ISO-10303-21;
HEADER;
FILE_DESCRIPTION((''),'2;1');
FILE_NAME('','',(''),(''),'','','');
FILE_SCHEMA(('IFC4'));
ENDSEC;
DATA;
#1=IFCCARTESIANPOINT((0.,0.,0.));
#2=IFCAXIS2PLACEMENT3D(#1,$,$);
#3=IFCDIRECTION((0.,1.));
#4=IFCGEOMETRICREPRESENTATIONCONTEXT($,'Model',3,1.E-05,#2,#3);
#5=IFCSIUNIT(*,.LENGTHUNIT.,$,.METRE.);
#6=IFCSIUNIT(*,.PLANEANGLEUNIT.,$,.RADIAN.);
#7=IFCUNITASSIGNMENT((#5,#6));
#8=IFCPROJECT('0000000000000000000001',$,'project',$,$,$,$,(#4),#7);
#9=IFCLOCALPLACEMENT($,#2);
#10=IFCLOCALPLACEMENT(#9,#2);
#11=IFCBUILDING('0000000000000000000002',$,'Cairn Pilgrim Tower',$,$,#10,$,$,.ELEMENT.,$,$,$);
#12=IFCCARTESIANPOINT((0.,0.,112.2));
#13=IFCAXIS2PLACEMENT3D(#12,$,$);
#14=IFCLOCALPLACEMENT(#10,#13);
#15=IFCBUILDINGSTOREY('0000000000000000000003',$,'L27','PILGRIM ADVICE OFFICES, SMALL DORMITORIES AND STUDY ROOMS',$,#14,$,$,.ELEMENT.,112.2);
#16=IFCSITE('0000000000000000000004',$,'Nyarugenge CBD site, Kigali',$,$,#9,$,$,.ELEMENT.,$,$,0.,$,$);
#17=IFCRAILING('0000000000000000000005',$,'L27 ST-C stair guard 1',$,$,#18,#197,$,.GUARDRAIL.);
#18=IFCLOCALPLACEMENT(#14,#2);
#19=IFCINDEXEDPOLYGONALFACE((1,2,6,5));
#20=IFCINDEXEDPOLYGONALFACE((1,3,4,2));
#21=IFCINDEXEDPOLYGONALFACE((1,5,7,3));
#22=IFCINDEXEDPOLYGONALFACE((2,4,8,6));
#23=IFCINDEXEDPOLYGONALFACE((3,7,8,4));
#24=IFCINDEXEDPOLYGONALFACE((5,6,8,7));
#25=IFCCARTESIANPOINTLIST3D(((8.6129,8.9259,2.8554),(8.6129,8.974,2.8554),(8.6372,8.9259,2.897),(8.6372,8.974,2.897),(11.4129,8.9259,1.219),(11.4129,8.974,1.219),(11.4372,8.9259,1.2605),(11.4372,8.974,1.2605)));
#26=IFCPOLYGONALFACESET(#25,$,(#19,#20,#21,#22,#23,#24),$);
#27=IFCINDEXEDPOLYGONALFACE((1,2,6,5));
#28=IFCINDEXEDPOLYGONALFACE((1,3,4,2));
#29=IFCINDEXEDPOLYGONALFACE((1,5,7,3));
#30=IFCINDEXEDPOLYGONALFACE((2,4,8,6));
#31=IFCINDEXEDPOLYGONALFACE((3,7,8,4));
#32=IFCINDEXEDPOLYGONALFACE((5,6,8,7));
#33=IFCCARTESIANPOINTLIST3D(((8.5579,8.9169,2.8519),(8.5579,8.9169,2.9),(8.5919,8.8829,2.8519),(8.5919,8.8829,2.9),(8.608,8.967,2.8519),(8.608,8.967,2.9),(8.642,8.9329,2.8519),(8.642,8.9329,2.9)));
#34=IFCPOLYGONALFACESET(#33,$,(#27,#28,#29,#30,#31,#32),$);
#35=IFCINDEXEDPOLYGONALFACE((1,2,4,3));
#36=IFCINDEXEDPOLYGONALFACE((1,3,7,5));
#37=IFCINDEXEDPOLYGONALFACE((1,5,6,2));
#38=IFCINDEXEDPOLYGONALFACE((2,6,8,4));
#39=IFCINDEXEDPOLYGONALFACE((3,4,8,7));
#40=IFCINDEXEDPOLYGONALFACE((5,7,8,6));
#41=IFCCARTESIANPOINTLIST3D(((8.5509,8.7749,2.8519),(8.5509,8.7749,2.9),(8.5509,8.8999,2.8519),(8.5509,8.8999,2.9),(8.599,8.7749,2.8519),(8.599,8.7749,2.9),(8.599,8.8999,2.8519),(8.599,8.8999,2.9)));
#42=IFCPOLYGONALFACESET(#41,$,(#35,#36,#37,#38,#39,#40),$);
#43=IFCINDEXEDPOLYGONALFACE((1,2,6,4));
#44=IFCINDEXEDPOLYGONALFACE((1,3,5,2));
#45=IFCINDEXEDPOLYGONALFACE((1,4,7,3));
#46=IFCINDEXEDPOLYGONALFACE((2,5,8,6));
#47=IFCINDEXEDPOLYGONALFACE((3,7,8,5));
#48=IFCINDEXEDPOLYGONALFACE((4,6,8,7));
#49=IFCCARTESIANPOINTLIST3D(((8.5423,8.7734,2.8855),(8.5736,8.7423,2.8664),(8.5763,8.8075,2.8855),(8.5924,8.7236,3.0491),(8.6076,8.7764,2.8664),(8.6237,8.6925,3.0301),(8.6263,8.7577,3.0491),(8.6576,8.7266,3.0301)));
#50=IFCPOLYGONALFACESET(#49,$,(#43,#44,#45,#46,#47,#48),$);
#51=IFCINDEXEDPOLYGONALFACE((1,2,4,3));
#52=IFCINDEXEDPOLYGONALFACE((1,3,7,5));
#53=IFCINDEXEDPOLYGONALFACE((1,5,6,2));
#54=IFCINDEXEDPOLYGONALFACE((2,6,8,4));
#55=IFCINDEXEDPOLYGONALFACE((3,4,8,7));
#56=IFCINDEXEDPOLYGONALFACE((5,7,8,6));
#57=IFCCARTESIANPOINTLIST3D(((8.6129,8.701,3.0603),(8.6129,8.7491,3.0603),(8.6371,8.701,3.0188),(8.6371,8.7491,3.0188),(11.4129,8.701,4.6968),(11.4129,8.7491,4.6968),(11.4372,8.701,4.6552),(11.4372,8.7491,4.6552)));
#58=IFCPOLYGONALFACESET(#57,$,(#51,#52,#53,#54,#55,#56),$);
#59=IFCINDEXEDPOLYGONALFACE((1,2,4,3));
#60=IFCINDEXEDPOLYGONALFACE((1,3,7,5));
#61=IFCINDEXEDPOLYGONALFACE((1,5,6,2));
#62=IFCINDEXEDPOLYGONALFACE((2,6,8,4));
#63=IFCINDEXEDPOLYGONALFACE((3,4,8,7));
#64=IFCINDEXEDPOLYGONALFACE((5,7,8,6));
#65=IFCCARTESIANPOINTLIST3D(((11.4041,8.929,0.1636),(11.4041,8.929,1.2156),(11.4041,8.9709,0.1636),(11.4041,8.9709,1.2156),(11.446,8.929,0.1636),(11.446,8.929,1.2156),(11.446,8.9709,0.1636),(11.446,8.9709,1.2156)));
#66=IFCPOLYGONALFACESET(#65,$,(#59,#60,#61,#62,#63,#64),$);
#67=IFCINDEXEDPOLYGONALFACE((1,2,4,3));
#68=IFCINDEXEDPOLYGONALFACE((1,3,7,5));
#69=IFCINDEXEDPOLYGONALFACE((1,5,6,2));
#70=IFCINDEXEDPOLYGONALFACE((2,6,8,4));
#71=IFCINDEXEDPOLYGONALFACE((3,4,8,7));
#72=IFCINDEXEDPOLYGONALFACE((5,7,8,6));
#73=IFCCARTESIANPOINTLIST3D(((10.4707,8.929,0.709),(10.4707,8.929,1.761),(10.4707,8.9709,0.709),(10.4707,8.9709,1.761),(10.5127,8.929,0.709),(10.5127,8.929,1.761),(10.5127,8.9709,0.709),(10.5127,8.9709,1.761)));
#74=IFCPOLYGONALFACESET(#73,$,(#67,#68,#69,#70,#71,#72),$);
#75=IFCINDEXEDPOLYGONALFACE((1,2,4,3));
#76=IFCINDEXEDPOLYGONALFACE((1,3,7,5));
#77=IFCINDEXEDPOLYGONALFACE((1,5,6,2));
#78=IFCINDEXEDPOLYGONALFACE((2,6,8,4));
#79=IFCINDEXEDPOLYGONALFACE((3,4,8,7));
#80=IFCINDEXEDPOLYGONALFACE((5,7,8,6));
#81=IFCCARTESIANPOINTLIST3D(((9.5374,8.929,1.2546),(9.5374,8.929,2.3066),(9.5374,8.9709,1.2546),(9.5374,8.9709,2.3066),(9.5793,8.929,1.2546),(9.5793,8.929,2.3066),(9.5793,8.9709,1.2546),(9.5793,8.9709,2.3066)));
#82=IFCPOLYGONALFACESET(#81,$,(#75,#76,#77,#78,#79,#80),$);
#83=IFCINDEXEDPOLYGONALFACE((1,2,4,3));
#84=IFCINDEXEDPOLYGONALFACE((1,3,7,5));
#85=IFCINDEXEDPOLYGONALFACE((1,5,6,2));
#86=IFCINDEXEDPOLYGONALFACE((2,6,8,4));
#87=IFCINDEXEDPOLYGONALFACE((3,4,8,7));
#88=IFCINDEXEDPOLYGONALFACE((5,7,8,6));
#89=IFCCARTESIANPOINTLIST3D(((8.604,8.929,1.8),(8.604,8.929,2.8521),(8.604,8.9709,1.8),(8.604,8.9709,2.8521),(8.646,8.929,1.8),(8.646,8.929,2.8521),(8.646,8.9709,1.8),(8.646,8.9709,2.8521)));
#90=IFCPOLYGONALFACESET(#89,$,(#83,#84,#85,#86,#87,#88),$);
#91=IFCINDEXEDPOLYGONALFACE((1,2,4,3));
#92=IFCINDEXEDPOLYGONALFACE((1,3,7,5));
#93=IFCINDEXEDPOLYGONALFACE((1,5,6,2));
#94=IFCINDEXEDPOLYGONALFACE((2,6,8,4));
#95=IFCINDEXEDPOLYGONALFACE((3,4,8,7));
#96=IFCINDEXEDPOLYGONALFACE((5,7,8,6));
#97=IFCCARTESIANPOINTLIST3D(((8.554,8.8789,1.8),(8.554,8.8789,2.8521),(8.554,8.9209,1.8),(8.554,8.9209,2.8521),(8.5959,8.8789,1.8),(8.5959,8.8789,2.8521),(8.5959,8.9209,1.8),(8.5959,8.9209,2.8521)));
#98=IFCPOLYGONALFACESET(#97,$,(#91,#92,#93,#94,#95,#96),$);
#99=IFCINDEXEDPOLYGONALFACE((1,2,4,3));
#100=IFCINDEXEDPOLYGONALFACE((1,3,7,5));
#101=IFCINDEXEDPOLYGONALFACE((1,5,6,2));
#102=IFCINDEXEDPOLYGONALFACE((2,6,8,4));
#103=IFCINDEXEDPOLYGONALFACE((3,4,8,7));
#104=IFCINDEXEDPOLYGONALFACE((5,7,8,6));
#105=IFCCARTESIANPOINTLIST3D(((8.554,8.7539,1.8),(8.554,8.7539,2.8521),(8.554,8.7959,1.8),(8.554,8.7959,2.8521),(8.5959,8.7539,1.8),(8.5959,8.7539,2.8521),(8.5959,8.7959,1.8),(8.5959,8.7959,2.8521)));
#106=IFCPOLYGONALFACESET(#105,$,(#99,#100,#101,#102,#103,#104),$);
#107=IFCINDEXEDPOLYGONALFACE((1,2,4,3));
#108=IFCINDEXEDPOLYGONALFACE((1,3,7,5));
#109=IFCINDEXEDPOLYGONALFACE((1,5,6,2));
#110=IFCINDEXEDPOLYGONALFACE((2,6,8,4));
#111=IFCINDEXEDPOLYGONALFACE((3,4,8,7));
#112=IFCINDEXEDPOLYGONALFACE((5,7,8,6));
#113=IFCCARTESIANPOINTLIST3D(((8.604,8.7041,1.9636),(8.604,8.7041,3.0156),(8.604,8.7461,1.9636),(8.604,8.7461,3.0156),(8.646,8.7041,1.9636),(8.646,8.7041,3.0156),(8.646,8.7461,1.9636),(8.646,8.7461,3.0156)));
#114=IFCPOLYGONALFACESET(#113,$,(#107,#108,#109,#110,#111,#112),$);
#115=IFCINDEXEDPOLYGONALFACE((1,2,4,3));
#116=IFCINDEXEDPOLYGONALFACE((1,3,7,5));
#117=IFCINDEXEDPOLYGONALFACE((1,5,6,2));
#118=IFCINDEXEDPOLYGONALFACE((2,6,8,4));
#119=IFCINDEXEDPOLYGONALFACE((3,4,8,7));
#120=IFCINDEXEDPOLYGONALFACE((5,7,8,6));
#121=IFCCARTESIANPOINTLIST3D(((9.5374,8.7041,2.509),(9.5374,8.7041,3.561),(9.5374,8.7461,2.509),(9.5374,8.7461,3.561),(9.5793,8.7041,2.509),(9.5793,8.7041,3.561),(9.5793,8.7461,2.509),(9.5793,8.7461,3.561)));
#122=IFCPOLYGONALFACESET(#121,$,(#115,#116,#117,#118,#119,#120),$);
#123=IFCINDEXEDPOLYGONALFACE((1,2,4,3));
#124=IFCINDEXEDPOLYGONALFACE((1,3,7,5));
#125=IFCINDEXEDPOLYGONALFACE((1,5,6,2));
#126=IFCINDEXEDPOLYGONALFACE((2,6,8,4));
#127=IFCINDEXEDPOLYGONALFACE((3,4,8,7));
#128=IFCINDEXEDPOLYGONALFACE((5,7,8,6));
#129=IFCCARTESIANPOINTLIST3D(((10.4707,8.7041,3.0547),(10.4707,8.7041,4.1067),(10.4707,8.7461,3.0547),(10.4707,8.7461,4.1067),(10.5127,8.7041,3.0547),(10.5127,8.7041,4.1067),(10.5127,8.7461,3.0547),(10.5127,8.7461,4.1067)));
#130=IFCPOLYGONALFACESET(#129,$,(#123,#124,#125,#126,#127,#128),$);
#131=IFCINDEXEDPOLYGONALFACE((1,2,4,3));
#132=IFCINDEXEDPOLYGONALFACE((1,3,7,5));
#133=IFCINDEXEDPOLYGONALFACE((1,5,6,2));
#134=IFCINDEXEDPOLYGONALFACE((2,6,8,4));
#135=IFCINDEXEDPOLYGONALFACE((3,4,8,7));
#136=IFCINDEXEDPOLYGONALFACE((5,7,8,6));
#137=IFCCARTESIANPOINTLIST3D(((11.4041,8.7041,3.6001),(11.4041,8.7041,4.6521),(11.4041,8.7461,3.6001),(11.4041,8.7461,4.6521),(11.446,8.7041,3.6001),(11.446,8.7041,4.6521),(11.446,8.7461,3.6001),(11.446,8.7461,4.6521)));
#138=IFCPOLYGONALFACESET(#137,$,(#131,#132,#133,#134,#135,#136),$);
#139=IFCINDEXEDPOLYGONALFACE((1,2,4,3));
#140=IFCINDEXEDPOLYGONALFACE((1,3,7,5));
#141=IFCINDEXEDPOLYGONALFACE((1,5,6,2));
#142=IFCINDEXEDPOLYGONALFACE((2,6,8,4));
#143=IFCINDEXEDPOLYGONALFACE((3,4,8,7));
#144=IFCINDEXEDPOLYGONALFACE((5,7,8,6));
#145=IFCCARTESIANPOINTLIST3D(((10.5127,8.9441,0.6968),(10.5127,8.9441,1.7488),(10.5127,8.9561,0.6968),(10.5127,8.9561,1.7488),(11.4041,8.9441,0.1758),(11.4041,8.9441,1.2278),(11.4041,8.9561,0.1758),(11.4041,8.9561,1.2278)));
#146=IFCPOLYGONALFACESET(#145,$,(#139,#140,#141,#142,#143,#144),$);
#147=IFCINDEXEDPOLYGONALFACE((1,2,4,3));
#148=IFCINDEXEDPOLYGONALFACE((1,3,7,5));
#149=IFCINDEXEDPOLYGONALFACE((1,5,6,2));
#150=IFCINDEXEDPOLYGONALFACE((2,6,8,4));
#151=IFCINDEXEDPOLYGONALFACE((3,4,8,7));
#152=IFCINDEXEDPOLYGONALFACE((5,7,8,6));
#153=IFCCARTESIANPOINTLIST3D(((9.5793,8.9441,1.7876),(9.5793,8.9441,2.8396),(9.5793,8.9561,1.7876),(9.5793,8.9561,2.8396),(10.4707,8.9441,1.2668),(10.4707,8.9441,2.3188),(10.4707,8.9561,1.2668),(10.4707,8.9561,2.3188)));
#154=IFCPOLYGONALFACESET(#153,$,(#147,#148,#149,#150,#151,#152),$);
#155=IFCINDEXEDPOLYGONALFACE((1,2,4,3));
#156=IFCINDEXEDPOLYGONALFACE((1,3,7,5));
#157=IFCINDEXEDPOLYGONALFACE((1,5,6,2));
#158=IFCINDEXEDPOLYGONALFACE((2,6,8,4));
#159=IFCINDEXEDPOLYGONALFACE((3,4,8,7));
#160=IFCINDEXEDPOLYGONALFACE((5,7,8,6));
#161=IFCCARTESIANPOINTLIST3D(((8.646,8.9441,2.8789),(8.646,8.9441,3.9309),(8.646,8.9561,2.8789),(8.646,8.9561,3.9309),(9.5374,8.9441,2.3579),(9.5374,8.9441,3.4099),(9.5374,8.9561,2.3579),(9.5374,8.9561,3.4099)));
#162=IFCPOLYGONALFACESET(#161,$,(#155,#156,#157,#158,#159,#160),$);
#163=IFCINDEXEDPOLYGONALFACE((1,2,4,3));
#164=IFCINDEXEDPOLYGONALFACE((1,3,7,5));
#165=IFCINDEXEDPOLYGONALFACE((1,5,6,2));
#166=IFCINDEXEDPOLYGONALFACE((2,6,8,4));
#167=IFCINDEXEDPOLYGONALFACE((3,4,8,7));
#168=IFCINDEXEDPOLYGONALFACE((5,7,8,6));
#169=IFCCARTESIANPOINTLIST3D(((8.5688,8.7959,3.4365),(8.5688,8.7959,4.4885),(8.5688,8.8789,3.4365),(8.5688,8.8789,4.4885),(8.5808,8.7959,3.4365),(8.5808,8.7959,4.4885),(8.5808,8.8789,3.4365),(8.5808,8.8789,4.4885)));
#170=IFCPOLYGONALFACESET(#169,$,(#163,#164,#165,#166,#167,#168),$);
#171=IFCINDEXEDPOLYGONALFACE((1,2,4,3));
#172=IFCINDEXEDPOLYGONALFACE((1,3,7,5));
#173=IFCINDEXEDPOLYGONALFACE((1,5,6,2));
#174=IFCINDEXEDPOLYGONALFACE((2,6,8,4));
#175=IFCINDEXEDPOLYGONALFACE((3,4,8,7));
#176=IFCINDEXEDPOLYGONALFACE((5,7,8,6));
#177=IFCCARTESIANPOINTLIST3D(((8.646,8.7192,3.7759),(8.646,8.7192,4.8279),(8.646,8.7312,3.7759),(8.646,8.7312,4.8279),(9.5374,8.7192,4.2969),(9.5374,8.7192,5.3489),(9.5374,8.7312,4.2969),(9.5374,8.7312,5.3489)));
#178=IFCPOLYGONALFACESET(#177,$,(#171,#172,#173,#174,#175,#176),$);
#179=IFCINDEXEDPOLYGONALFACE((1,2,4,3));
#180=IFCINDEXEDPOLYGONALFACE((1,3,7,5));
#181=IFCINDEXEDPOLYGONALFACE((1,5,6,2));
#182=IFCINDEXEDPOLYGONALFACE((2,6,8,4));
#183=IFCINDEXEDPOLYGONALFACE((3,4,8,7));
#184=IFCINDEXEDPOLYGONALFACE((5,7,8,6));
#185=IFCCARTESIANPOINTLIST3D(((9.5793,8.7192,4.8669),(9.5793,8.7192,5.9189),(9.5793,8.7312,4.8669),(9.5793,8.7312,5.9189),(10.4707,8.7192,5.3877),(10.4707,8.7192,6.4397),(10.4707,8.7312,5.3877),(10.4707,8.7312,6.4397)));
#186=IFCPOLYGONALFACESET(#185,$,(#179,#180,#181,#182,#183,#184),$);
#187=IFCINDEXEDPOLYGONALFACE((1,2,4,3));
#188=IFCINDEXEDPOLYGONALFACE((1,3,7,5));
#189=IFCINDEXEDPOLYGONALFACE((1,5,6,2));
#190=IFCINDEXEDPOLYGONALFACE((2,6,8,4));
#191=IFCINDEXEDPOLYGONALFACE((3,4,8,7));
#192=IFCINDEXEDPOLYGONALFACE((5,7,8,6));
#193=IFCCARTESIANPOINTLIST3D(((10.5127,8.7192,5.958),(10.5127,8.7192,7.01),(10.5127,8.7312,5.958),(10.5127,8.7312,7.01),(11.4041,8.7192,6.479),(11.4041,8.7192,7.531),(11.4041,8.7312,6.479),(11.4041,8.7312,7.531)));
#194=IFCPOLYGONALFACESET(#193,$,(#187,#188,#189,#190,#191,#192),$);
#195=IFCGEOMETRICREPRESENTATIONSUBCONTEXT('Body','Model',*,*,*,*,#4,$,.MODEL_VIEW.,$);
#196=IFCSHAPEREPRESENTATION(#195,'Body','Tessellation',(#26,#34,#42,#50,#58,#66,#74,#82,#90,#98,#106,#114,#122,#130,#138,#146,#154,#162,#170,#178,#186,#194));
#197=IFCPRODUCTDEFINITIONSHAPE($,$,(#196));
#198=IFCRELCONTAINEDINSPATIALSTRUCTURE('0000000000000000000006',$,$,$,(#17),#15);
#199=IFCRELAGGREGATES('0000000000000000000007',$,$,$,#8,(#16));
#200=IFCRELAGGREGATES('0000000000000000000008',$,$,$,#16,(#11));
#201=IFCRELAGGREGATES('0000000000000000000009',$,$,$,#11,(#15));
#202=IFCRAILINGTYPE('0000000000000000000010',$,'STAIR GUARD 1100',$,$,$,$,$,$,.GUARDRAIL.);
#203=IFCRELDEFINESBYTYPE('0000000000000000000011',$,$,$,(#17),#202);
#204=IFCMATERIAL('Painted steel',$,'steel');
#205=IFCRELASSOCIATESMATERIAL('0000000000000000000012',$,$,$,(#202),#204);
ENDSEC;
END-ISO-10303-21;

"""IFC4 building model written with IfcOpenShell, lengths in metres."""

from ifc_helpers import new_model, si_unit, direction, frame, origin, origin_2d, place, context, subcontext, project, spatial, polyline, rectangle, outline, extrude, material, type_object, element, save


model = new_model("IFC4")

# Units and contexts
model_context = context("Model", 3, precision=1e-05, world=origin(), true_north=direction((0.0, 1.0)))
body_context = subcontext(model_context, "Body", "Model", "MODEL_VIEW")
ifc_project = project(units=[si_unit("LENGTHUNIT", "METRE"), si_unit("PLANEANGLEUNIT", "RADIAN")], contexts=[model_context])

# Site, building, storey
site_placement = place(None, origin())
site = spatial("IfcSite", under=ifc_project, at=site_placement, Name="Nyarugenge CBD site, Kigali", CompositionType="ELEMENT", RefElevation=0.0)
building_placement = place(site_placement, origin())
building = spatial("IfcBuilding", under=site, at=building_placement, Name="Cairn Pilgrim Tower", CompositionType="ELEMENT")
storey_placement = place(building_placement, frame((0.0, 0.0, 112.2)))
storey = spatial("IfcBuildingStorey", under=building, at=storey_placement, Name="L27", Description="PILGRIM ADVICE OFFICES, SMALL DORMITORIES AND STUDY ROOMS", CompositionType="ELEMENT", Elevation=112.2)

# Shared definitions
ifc_material_1 = material(Name="Painted steel", Category="steel")

# Railing
railing_type_1 = type_object("IfcRailingType", Name="STAIR GUARD 1100", PredefinedType="GUARDRAIL", material=ifc_material_1)
railing_1_placement = place(storey_placement, frame((11.425, 8.95, 0.1636)))
element("IfcRailing", 1, at=railing_1_placement, inside=storey, type_object=railing_type_1, Name="L27 ST-C stair guard 1", PredefinedType="GUARDRAIL", context=body_context, shape_type="SweptSolid", body=[
    extrude(rectangle(XDim=0.0481, YDim=0.0481, at=origin_2d()), frame((0.0, 0.0, 1.0762), z_axis=(-0.863361, 0.0, 0.504587), x_axis=(0.0, -1.0, 0.0)), (0.0, 0.0, 1.0), 3.2432),
    extrude(rectangle(XDim=0.0481, YDim=0.0481, at=origin_2d()), frame((-2.8, 0.0, 2.7124), z_axis=(-0.707107, -0.707107, 0.0), x_axis=(0.707107, -0.707107, 0.0)), (0.0, 0.0, 1.0), 0.0708),
    extrude(rectangle(XDim=0.0481, YDim=0.0481, at=origin_2d()), frame((-2.8501, -0.05, 2.7124), z_axis=(0.0, -1.0, 0.0), x_axis=(1.0, 0.0, 0.0)), (0.0, 0.0, 1.0), 0.125),
    extrude(rectangle(XDim=0.0481, YDim=0.0481, at=origin_2d()), frame((-2.8501, -0.175, 2.7124), z_axis=(0.280917, -0.279546, 0.918118), x_axis=(0.705376, 0.708834, 0.0)), (0.0, 0.0, 1.0), 0.1782),
    extrude(rectangle(XDim=0.0481, YDim=0.0481, at=origin_2d()), frame((-2.8, -0.2249, 2.876), z_axis=(0.863361, 0.0, 0.504587), x_axis=(0.0, 1.0, 0.0)), (0.0, 0.0, 1.0), 3.2432),
    extrude(rectangle(XDim=0.042, YDim=0.042, at=origin_2d()), origin(), (0.0, 0.0, 1.0), 1.052),
    extrude(rectangle(XDim=0.042, YDim=0.042, at=origin_2d()), frame((-0.9333, 0.0, 0.5454)), (0.0, 0.0, 1.0), 1.052),
    extrude(rectangle(XDim=0.042, YDim=0.042, at=origin_2d()), frame((-1.8667, 0.0, 1.0911)), (0.0, 0.0, 1.0), 1.052),
    extrude(rectangle(XDim=0.042, YDim=0.042, at=origin_2d()), frame((-2.8, 0.0, 1.6365)), (0.0, 0.0, 1.0), 1.052),
    extrude(rectangle(XDim=0.042, YDim=0.042, at=origin_2d()), frame((-2.8501, -0.05, 1.6365)), (0.0, 0.0, 1.0), 1.052),
    extrude(rectangle(XDim=0.042, YDim=0.042, at=origin_2d()), frame((-2.8501, -0.175, 1.6365)), (0.0, 0.0, 1.0), 1.052),
    extrude(rectangle(XDim=0.042, YDim=0.042, at=origin_2d()), frame((-2.8, -0.2249, 1.8)), (0.0, 0.0, 1.0), 1.052),
    extrude(rectangle(XDim=0.042, YDim=0.042, at=origin_2d()), frame((-1.8667, -0.2249, 2.3455)), (0.0, 0.0, 1.0), 1.052),
    extrude(rectangle(XDim=0.042, YDim=0.042, at=origin_2d()), frame((-0.9333, -0.2249, 2.8911)), (0.0, 0.0, 1.0), 1.052),
    extrude(rectangle(XDim=0.042, YDim=0.042, at=origin_2d()), frame((0.0, -0.2249, 3.4365)), (0.0, 0.0, 1.0), 1.052),
    extrude(outline(polyline([(0.021, 0.0122), (0.9124, 0.5332), (0.9124, 1.5852), (0.021, 1.0642), (0.021, 0.0122)])), frame((0.0, -0.0059, 0.0), z_axis=(0.0, 1.0, 0.0), x_axis=(-1.0, 0.0, 0.0)), (0.0, 0.0, 1.0), 0.012),
    extrude(outline(polyline([(0.021, 0.5579), (0.9124, 1.0786), (0.9124, 2.1306), (0.021, 1.6099), (0.021, 0.5579)])), frame((-0.9333, -0.0059, 0.5454), z_axis=(0.0, 1.0, 0.0), x_axis=(-1.0, 0.0, 0.0)), (0.0, 0.0, 1.0), 0.012),
    extrude(outline(polyline([(0.021, 1.1033), (0.9124, 1.6243), (0.9124, 2.6763), (0.021, 2.1553), (0.021, 1.1033)])), frame((-1.8667, -0.0059, 1.0911), z_axis=(0.0, 1.0, 0.0), x_axis=(-1.0, 0.0, 0.0)), (0.0, 0.0, 1.0), 0.012),
    extrude(outline(polyline([(0.021, 1.6365), (0.104, 1.6365), (0.104, 2.6885), (0.021, 2.6885), (0.021, 1.6365)])), frame((-2.8442, -0.05, 1.6365), z_axis=(-1.0, 0.0, 0.0), x_axis=(0.0, -1.0, 0.0)), (0.0, 0.0, 1.0), 0.012),
    extrude(outline(polyline([(0.021, 1.8123), (0.9124, 2.3333), (0.9124, 3.3853), (0.021, 2.8643), (0.021, 1.8123)])), frame((-2.8, -0.2188, 1.8), z_axis=(0.0, -1.0, 0.0), x_axis=(1.0, 0.0, 0.0)), (0.0, 0.0, 1.0), 0.012),
    extrude(outline(polyline([(0.021, 2.3579), (0.9124, 2.8787), (0.9124, 3.9307), (0.021, 3.4099), (0.021, 2.3579)])), frame((-1.8667, -0.2188, 2.3455), z_axis=(0.0, -1.0, 0.0), x_axis=(1.0, 0.0, 0.0)), (0.0, 0.0, 1.0), 0.012),
    extrude(outline(polyline([(0.021, 2.9033), (0.9124, 3.4243), (0.9124, 4.4763), (0.021, 3.9553), (0.021, 2.9033)])), frame((-0.9333, -0.2188, 2.8911), z_axis=(0.0, -1.0, 0.0), x_axis=(1.0, 0.0, 0.0)), (0.0, 0.0, 1.0), 0.012),
])

save(model, "model.ifc")
